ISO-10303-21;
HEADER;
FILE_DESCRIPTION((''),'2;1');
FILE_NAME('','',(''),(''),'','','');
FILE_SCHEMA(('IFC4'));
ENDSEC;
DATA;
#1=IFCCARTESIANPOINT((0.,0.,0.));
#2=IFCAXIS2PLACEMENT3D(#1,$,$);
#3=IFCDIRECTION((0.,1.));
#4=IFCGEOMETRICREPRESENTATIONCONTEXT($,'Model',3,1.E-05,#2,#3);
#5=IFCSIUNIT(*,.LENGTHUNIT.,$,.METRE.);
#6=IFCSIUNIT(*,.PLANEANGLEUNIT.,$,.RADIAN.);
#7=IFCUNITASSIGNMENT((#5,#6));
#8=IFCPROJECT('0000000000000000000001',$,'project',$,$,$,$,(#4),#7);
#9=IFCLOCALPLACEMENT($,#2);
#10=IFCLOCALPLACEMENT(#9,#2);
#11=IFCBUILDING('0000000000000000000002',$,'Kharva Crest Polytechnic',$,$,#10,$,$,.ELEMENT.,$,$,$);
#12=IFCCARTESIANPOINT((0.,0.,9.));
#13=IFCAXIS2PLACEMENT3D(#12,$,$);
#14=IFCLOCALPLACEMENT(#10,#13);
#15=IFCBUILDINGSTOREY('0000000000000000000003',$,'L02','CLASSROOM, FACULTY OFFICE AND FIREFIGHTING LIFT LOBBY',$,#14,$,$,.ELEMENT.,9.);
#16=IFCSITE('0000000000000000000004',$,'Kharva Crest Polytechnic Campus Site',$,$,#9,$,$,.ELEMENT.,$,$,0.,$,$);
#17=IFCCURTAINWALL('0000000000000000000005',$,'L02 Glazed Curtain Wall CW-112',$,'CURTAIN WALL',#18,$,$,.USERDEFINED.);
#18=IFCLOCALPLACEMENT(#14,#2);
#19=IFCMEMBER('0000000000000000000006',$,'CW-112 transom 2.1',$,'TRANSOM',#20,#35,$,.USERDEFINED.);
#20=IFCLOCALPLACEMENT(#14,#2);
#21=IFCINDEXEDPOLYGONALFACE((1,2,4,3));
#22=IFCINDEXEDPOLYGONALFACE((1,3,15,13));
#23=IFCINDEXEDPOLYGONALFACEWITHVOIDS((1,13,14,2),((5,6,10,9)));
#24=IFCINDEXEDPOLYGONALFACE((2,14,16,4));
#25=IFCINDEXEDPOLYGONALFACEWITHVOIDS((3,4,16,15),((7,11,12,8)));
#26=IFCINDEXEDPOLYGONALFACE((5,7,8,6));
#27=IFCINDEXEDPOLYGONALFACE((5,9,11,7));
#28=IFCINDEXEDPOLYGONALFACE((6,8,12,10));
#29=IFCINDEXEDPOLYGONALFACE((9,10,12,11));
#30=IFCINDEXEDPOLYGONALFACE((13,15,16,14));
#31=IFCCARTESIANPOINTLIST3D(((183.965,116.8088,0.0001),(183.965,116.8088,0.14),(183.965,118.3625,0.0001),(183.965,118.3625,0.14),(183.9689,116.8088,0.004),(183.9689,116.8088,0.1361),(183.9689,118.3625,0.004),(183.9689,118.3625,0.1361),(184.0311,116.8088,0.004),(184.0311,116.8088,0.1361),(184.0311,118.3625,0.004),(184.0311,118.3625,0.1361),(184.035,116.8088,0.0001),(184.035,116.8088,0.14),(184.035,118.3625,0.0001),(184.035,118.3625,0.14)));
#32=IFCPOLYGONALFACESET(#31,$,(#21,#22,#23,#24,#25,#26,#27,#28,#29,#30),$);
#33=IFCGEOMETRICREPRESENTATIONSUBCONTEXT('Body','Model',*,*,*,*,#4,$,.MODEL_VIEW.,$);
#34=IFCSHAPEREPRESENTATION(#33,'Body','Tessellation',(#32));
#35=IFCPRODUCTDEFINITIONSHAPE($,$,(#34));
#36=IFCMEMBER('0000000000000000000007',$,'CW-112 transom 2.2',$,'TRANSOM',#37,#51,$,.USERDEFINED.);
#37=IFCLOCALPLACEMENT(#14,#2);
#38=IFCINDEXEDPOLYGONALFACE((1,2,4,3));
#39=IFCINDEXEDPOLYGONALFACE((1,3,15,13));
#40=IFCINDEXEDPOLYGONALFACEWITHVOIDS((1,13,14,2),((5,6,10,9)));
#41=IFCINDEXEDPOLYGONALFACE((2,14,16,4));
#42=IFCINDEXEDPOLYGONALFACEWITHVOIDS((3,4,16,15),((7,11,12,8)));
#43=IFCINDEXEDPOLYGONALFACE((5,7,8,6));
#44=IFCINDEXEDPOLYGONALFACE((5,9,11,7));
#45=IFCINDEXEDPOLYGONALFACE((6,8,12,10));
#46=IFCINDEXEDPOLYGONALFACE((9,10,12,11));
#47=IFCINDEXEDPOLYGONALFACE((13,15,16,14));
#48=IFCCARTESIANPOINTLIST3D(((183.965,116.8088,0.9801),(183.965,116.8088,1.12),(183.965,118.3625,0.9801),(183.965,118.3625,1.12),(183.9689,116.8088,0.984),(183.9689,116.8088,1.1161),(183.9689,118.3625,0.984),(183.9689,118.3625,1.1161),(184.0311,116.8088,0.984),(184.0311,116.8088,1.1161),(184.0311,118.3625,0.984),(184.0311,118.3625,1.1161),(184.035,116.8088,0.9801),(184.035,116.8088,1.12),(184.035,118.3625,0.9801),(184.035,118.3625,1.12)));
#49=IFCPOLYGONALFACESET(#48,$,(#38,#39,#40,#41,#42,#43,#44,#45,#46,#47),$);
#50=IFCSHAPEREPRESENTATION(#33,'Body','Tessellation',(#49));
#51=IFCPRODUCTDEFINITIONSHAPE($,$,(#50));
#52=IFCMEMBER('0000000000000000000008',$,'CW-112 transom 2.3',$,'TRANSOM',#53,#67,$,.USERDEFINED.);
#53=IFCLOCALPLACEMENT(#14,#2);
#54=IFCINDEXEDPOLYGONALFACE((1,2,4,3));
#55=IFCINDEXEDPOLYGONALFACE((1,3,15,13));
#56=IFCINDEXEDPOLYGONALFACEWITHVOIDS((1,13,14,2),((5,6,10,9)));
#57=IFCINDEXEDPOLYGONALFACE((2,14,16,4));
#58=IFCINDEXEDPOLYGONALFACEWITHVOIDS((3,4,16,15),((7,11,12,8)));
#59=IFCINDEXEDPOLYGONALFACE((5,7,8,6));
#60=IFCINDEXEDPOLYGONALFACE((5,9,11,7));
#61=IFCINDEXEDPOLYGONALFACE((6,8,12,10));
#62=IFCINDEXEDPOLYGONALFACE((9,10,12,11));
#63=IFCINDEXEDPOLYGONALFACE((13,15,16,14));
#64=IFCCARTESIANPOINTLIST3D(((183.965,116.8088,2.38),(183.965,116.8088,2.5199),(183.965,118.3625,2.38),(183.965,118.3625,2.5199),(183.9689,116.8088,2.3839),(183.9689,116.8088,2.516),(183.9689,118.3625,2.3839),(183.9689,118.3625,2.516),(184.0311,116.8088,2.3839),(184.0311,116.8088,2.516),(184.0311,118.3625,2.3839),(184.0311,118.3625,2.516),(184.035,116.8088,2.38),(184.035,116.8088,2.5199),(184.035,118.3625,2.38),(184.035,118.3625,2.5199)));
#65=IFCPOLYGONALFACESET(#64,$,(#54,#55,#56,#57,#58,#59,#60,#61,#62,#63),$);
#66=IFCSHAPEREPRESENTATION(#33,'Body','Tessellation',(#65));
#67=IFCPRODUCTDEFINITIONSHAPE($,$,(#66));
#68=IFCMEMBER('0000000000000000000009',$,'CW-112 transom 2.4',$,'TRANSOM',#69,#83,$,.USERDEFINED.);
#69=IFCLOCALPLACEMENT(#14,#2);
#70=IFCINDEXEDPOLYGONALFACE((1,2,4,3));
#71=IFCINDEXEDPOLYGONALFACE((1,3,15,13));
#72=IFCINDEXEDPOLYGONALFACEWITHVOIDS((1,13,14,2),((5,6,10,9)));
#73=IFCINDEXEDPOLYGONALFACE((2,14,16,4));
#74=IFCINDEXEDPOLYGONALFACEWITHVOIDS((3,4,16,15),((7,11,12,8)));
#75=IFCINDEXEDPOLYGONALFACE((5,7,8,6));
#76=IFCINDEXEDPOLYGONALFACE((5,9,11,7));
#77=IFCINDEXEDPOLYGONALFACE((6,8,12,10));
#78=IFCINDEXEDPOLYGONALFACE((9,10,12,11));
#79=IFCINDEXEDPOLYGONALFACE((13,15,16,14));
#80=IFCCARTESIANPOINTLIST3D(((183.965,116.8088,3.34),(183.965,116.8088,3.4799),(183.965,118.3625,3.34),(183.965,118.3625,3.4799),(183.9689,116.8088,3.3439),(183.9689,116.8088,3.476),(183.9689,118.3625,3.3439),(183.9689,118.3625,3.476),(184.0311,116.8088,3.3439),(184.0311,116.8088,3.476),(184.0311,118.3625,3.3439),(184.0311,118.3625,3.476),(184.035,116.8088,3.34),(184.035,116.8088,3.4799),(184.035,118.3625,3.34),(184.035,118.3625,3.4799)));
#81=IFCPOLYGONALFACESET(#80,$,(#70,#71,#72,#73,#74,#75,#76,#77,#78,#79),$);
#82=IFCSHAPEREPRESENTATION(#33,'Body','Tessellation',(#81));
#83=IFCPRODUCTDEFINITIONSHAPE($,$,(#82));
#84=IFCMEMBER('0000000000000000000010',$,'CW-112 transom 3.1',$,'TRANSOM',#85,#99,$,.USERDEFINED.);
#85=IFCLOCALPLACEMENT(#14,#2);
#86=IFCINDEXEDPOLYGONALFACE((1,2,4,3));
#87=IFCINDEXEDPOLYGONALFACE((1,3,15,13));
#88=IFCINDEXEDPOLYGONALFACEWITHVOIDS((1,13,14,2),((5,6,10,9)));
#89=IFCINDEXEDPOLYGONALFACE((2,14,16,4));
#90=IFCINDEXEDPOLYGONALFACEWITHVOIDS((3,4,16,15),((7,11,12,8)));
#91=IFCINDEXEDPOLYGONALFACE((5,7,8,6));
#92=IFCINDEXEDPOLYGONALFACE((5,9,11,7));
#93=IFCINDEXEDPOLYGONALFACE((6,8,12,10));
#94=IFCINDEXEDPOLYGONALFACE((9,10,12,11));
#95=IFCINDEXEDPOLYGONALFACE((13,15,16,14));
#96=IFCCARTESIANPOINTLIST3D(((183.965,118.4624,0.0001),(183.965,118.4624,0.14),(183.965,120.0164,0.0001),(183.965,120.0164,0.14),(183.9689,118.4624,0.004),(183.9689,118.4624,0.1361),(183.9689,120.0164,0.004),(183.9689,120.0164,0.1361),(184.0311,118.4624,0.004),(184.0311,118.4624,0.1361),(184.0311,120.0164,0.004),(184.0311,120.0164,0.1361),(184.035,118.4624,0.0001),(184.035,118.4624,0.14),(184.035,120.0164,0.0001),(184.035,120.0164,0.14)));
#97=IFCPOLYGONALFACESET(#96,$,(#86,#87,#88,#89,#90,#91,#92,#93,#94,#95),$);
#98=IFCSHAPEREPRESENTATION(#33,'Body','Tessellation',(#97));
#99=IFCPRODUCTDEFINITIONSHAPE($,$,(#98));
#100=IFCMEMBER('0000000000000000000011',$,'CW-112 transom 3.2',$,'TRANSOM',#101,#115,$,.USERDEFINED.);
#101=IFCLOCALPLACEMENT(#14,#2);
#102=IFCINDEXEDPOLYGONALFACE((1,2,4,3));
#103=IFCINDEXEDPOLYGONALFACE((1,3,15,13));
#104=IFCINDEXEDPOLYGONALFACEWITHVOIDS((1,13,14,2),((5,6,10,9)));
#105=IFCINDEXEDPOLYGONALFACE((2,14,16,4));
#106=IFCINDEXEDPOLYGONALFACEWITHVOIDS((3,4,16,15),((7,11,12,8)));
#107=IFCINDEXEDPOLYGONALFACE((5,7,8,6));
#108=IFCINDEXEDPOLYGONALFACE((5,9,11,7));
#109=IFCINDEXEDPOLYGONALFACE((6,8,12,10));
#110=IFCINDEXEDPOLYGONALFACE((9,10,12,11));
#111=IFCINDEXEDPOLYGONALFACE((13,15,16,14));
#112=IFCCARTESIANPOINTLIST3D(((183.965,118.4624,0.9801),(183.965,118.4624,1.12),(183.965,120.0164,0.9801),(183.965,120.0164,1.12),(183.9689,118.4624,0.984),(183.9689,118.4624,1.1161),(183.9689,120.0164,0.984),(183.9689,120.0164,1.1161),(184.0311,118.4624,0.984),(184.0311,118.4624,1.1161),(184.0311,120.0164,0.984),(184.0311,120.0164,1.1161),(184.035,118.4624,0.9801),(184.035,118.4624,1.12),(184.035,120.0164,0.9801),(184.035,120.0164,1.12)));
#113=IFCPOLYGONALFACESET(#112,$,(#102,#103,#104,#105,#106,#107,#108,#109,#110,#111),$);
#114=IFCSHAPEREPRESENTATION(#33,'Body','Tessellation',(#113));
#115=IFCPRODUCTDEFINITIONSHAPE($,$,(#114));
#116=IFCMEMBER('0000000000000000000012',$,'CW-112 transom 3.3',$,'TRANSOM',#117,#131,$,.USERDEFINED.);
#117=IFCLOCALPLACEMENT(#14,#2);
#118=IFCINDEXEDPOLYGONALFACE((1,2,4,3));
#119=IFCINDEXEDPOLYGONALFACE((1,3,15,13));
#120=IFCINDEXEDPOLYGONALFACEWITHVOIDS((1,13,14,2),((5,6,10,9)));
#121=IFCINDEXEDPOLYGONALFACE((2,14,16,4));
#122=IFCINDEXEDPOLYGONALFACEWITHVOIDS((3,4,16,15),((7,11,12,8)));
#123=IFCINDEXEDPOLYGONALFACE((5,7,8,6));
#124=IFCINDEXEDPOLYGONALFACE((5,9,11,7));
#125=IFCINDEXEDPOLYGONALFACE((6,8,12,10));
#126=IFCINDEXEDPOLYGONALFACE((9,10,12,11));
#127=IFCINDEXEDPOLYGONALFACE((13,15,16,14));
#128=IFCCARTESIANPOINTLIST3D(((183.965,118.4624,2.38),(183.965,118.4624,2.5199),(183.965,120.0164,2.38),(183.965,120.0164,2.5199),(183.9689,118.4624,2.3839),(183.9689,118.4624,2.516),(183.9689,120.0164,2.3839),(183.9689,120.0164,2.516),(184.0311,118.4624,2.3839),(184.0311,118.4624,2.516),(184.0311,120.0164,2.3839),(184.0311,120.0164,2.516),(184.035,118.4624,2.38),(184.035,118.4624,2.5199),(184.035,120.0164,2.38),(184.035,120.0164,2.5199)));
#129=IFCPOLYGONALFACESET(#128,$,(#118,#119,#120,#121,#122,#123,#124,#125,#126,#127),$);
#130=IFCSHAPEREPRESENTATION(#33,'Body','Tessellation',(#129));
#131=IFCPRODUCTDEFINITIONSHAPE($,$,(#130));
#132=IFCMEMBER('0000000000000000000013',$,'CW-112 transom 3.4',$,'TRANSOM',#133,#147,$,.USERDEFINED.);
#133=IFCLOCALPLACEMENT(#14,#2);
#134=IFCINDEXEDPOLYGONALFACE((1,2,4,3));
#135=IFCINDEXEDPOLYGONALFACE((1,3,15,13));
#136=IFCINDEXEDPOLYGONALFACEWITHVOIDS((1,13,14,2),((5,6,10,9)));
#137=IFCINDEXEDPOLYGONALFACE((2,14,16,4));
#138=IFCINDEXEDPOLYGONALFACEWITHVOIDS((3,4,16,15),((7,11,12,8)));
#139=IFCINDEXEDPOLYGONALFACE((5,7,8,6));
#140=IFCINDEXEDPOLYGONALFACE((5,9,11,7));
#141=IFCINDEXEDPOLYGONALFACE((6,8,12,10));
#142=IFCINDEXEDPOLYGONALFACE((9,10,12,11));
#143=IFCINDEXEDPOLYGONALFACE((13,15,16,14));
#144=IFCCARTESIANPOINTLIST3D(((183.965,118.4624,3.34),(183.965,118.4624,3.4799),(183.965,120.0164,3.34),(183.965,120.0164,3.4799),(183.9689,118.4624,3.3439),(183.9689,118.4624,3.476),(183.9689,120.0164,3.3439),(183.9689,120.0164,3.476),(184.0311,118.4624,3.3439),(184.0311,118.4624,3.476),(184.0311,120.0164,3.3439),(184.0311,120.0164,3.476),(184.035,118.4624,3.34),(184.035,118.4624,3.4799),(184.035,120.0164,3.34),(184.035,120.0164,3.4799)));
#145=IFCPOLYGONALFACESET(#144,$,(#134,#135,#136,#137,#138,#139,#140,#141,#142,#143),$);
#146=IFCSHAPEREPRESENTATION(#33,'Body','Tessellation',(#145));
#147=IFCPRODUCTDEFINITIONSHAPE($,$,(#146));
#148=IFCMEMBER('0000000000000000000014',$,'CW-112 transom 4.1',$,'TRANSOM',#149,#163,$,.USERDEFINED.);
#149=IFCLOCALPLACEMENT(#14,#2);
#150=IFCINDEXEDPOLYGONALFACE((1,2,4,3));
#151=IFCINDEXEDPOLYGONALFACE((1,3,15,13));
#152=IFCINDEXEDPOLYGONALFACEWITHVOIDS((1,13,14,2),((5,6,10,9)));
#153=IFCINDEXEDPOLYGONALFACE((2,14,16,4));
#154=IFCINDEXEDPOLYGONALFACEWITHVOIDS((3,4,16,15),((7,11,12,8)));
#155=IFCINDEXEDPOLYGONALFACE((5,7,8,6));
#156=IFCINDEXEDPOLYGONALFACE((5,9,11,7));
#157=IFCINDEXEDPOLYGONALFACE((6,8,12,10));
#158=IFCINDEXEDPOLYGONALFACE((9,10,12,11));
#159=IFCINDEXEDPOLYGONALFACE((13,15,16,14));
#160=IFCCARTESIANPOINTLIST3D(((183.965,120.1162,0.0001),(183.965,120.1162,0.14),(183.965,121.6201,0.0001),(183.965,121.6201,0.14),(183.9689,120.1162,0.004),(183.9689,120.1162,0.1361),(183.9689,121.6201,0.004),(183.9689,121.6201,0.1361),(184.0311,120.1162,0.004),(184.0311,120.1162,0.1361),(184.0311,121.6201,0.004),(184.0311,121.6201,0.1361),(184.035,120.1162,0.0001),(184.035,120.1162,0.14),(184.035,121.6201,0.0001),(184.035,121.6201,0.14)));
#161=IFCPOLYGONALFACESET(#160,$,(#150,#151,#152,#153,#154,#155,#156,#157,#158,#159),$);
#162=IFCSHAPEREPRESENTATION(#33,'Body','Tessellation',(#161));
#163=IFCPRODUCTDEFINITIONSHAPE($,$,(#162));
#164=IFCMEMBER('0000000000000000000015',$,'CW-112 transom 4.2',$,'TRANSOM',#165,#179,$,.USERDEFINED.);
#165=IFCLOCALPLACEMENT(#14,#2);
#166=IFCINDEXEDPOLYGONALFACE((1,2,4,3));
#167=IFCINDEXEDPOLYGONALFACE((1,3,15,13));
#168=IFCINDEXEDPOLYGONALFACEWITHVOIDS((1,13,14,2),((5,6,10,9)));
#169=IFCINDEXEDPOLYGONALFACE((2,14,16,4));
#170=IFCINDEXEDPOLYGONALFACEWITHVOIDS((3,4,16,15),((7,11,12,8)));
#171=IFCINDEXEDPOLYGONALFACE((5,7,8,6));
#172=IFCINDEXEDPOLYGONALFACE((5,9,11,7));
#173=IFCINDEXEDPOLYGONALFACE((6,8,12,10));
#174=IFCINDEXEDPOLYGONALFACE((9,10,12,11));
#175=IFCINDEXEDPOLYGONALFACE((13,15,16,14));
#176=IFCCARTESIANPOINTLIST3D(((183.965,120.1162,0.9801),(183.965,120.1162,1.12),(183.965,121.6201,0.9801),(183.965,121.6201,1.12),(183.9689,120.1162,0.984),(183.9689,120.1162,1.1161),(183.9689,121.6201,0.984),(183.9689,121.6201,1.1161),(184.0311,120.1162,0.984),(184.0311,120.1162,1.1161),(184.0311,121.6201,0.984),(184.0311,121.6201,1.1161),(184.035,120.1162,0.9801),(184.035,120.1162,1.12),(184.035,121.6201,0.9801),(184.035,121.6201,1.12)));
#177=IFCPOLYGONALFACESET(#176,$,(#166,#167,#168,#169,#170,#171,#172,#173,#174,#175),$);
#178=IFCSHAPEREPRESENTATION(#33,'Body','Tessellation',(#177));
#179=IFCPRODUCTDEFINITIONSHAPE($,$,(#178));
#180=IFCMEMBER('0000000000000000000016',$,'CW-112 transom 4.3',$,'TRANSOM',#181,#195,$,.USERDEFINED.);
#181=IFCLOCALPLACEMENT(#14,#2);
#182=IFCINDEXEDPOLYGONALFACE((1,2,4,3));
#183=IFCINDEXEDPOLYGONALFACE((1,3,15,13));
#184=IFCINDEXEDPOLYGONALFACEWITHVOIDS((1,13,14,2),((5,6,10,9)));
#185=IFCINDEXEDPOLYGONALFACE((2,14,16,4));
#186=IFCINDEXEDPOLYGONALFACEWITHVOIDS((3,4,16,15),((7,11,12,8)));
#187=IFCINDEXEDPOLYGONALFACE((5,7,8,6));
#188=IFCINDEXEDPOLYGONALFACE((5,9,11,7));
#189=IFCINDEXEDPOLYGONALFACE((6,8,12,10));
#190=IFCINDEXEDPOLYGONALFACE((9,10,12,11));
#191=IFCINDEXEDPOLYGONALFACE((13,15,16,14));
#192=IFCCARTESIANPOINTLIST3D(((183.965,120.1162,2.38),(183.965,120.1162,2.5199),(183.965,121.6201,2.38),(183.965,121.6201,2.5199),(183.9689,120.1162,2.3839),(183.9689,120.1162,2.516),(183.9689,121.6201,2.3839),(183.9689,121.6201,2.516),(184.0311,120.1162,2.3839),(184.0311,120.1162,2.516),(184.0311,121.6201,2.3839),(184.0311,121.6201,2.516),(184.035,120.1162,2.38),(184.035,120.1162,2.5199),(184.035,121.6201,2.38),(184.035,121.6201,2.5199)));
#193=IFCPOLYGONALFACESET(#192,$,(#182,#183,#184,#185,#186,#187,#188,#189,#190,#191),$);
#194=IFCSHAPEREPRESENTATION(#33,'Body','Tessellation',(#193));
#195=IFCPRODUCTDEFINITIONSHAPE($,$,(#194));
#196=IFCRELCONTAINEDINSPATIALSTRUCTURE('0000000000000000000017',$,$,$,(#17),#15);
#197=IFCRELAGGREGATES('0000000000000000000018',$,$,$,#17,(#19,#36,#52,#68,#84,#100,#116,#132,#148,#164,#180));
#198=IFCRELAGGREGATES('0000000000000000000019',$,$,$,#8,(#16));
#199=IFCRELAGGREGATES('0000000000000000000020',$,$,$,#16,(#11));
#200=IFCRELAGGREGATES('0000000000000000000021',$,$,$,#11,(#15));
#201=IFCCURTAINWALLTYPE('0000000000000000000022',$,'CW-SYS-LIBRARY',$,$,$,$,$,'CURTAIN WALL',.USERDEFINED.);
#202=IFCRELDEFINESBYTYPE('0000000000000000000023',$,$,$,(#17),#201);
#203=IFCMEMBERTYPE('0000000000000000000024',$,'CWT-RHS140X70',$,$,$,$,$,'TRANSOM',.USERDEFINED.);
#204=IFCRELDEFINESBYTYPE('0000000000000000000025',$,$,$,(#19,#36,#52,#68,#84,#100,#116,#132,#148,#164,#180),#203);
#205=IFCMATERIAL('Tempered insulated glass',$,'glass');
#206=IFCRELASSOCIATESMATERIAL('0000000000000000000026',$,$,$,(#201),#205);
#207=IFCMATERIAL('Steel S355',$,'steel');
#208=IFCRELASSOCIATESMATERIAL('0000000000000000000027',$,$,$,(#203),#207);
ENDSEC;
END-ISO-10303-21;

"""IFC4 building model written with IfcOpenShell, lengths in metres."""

from ifc_helpers import new_model, si_unit, direction, frame, origin, origin_2d, place, context, subcontext, project, spatial, hollow_rectangle, extrude, material, material_profile, profile_set, type_object, element, aggregate, save


model = new_model("IFC4")

# Units and contexts
model_context = context("Model", 3, precision=1e-05, world=origin(), true_north=direction((0.0, 1.0)))
body_context = subcontext(model_context, "Body", "Model", "MODEL_VIEW")
ifc_project = project(units=[si_unit("LENGTHUNIT", "METRE"), si_unit("PLANEANGLEUNIT", "RADIAN")], contexts=[model_context])

# Site, building, storey
site_placement = place(None, origin())
site = spatial("IfcSite", under=ifc_project, at=site_placement, Name="Kharva Crest Polytechnic Campus Site", CompositionType="ELEMENT", RefElevation=0.0)
building_placement = place(site_placement, origin())
building = spatial("IfcBuilding", under=site, at=building_placement, Name="Kharva Crest Polytechnic", CompositionType="ELEMENT")
storey_placement = place(building_placement, frame((0.0, 0.0, 9.0)))
storey = spatial("IfcBuildingStorey", under=building, at=storey_placement, Name="L02", Description="CLASSROOM, FACULTY OFFICE AND FIREFIGHTING LIFT LOBBY", CompositionType="ELEMENT", Elevation=9.0)

# Curtain wall
ifc_material_1 = material(Name="Tempered insulated glass", Category="glass")
curtain_wall_type = type_object("IfcCurtainWallType", Name="CW-SYS-LIBRARY", ElementType="CURTAIN WALL", PredefinedType="USERDEFINED", material=ifc_material_1)
curtain_wall_1_placement = place(storey_placement, origin())
curtain_wall_1 = element("IfcCurtainWall", 1, at=curtain_wall_1_placement, inside=storey, type_object=curtain_wall_type, Name="L02 Glazed Curtain Wall CW-112", ObjectType="CURTAIN WALL", PredefinedType="USERDEFINED")
ifc_material_2 = material(Name="Steel S355", Category="steel")

# Members
ifc_material_profile_1 = material_profile(ifc_material_2, hollow_rectangle(XDim=0.0701, YDim=0.1399, WallThickness=0.0039, at=origin_2d()), Name="RHS 140X70X4.0")
ifc_profile_set_1 = profile_set([ifc_material_profile_1], Name="Steel S355")
member_type_1 = type_object("IfcMemberType", Name="CWT-RHS140X70", ElementType="TRANSOM", PredefinedType="USERDEFINED", material=ifc_profile_set_1)
member_1_placement = place(storey_placement, frame((184.0, 116.8088, 0.0701), z_axis=(0.0, 1.0, 0.0), x_axis=(-1.0, 0.0, 0.0)))
member_1 = element("IfcMember", 2, at=member_1_placement, type_object=member_type_1, Name="CW-112 transom 2.1", ObjectType="TRANSOM", PredefinedType="USERDEFINED", context=body_context, shape_type="SweptSolid", body=[
    extrude(hollow_rectangle(XDim=0.0701, YDim=0.1399, WallThickness=0.0039, at=origin_2d()), origin(), (0.0, 0.0, 1.0), 1.5537),
])
member_2_placement = place(storey_placement, frame((184.0, 116.8088, 1.05), z_axis=(0.0, 1.0, 0.0), x_axis=(-1.0, 0.0, 0.0)))
member_2 = element("IfcMember", 3, at=member_2_placement, type_object=member_type_1, Name="CW-112 transom 2.2", ObjectType="TRANSOM", PredefinedType="USERDEFINED", context=body_context, shape_type="SweptSolid", body=[
    extrude(hollow_rectangle(XDim=0.0701, YDim=0.1399, WallThickness=0.0039, at=origin_2d()), origin(), (0.0, 0.0, 1.0), 1.5537),
])
member_3_placement = place(storey_placement, frame((184.0, 116.8088, 2.45), z_axis=(0.0, 1.0, 0.0), x_axis=(-1.0, 0.0, 0.0)))
member_3 = element("IfcMember", 4, at=member_3_placement, type_object=member_type_1, Name="CW-112 transom 2.3", ObjectType="TRANSOM", PredefinedType="USERDEFINED", context=body_context, shape_type="SweptSolid", body=[
    extrude(hollow_rectangle(XDim=0.0701, YDim=0.1399, WallThickness=0.0039, at=origin_2d()), origin(), (0.0, 0.0, 1.0), 1.5537),
])
member_4_placement = place(storey_placement, frame((184.0, 116.8088, 3.4099), z_axis=(0.0, 1.0, 0.0), x_axis=(-1.0, 0.0, 0.0)))
member_4 = element("IfcMember", 5, at=member_4_placement, type_object=member_type_1, Name="CW-112 transom 2.4", ObjectType="TRANSOM", PredefinedType="USERDEFINED", context=body_context, shape_type="SweptSolid", body=[
    extrude(hollow_rectangle(XDim=0.0701, YDim=0.1399, WallThickness=0.0039, at=origin_2d()), origin(), (0.0, 0.0, 1.0), 1.5537),
])
member_5_placement = place(storey_placement, frame((184.0, 118.4624, 0.0701), z_axis=(0.0, 1.0, 0.0), x_axis=(-1.0, 0.0, 0.0)))
member_5 = element("IfcMember", 6, at=member_5_placement, type_object=member_type_1, Name="CW-112 transom 3.1", ObjectType="TRANSOM", PredefinedType="USERDEFINED", context=body_context, shape_type="SweptSolid", body=[
    extrude(hollow_rectangle(XDim=0.0701, YDim=0.1399, WallThickness=0.0039, at=origin_2d()), origin(), (0.0, 0.0, 1.0), 1.554),
])
member_6_placement = place(storey_placement, frame((184.0, 118.4624, 1.05), z_axis=(0.0, 1.0, 0.0), x_axis=(-1.0, 0.0, 0.0)))
member_6 = element("IfcMember", 7, at=member_6_placement, type_object=member_type_1, Name="CW-112 transom 3.2", ObjectType="TRANSOM", PredefinedType="USERDEFINED", context=body_context, shape_type="SweptSolid", body=[
    extrude(hollow_rectangle(XDim=0.0701, YDim=0.1399, WallThickness=0.0039, at=origin_2d()), origin(), (0.0, 0.0, 1.0), 1.554),
])
member_7_placement = place(storey_placement, frame((184.0, 118.4624, 2.45), z_axis=(0.0, 1.0, 0.0), x_axis=(-1.0, 0.0, 0.0)))
member_7 = element("IfcMember", 8, at=member_7_placement, type_object=member_type_1, Name="CW-112 transom 3.3", ObjectType="TRANSOM", PredefinedType="USERDEFINED", context=body_context, shape_type="SweptSolid", body=[
    extrude(hollow_rectangle(XDim=0.0701, YDim=0.1399, WallThickness=0.0039, at=origin_2d()), origin(), (0.0, 0.0, 1.0), 1.554),
])
member_8_placement = place(storey_placement, frame((184.0, 118.4624, 3.4099), z_axis=(0.0, 1.0, 0.0), x_axis=(-1.0, 0.0, 0.0)))
member_8 = element("IfcMember", 9, at=member_8_placement, type_object=member_type_1, Name="CW-112 transom 3.4", ObjectType="TRANSOM", PredefinedType="USERDEFINED", context=body_context, shape_type="SweptSolid", body=[
    extrude(hollow_rectangle(XDim=0.0701, YDim=0.1399, WallThickness=0.0039, at=origin_2d()), origin(), (0.0, 0.0, 1.0), 1.554),
])
member_9_placement = place(storey_placement, frame((184.0, 120.1162, 0.0701), z_axis=(0.0, 1.0, 0.0), x_axis=(-1.0, 0.0, 0.0)))
member_9 = element("IfcMember", 10, at=member_9_placement, type_object=member_type_1, Name="CW-112 transom 4.1", ObjectType="TRANSOM", PredefinedType="USERDEFINED", context=body_context, shape_type="SweptSolid", body=[
    extrude(hollow_rectangle(XDim=0.0701, YDim=0.1399, WallThickness=0.0039, at=origin_2d()), origin(), (0.0, 0.0, 1.0), 1.5039),
])
member_10_placement = place(storey_placement, frame((184.0, 120.1162, 1.05), z_axis=(0.0, 1.0, 0.0), x_axis=(-1.0, 0.0, 0.0)))
member_10 = element("IfcMember", 11, at=member_10_placement, type_object=member_type_1, Name="CW-112 transom 4.2", ObjectType="TRANSOM", PredefinedType="USERDEFINED", context=body_context, shape_type="SweptSolid", body=[
    extrude(hollow_rectangle(XDim=0.0701, YDim=0.1399, WallThickness=0.0039, at=origin_2d()), origin(), (0.0, 0.0, 1.0), 1.5039),
])
member_11_placement = place(storey_placement, frame((184.0, 120.1162, 2.45), z_axis=(0.0, 1.0, 0.0), x_axis=(-1.0, 0.0, 0.0)))
member_11 = element("IfcMember", 12, at=member_11_placement, type_object=member_type_1, Name="CW-112 transom 4.3", ObjectType="TRANSOM", PredefinedType="USERDEFINED", context=body_context, shape_type="SweptSolid", body=[
    extrude(hollow_rectangle(XDim=0.0701, YDim=0.1399, WallThickness=0.0039, at=origin_2d()), origin(), (0.0, 0.0, 1.0), 1.5039),
])

aggregate(curtain_wall_1, [member_1, member_2, member_3, member_4, member_5, member_6, member_7, member_8, member_9, member_10, member_11])

save(model, "model.ifc")
